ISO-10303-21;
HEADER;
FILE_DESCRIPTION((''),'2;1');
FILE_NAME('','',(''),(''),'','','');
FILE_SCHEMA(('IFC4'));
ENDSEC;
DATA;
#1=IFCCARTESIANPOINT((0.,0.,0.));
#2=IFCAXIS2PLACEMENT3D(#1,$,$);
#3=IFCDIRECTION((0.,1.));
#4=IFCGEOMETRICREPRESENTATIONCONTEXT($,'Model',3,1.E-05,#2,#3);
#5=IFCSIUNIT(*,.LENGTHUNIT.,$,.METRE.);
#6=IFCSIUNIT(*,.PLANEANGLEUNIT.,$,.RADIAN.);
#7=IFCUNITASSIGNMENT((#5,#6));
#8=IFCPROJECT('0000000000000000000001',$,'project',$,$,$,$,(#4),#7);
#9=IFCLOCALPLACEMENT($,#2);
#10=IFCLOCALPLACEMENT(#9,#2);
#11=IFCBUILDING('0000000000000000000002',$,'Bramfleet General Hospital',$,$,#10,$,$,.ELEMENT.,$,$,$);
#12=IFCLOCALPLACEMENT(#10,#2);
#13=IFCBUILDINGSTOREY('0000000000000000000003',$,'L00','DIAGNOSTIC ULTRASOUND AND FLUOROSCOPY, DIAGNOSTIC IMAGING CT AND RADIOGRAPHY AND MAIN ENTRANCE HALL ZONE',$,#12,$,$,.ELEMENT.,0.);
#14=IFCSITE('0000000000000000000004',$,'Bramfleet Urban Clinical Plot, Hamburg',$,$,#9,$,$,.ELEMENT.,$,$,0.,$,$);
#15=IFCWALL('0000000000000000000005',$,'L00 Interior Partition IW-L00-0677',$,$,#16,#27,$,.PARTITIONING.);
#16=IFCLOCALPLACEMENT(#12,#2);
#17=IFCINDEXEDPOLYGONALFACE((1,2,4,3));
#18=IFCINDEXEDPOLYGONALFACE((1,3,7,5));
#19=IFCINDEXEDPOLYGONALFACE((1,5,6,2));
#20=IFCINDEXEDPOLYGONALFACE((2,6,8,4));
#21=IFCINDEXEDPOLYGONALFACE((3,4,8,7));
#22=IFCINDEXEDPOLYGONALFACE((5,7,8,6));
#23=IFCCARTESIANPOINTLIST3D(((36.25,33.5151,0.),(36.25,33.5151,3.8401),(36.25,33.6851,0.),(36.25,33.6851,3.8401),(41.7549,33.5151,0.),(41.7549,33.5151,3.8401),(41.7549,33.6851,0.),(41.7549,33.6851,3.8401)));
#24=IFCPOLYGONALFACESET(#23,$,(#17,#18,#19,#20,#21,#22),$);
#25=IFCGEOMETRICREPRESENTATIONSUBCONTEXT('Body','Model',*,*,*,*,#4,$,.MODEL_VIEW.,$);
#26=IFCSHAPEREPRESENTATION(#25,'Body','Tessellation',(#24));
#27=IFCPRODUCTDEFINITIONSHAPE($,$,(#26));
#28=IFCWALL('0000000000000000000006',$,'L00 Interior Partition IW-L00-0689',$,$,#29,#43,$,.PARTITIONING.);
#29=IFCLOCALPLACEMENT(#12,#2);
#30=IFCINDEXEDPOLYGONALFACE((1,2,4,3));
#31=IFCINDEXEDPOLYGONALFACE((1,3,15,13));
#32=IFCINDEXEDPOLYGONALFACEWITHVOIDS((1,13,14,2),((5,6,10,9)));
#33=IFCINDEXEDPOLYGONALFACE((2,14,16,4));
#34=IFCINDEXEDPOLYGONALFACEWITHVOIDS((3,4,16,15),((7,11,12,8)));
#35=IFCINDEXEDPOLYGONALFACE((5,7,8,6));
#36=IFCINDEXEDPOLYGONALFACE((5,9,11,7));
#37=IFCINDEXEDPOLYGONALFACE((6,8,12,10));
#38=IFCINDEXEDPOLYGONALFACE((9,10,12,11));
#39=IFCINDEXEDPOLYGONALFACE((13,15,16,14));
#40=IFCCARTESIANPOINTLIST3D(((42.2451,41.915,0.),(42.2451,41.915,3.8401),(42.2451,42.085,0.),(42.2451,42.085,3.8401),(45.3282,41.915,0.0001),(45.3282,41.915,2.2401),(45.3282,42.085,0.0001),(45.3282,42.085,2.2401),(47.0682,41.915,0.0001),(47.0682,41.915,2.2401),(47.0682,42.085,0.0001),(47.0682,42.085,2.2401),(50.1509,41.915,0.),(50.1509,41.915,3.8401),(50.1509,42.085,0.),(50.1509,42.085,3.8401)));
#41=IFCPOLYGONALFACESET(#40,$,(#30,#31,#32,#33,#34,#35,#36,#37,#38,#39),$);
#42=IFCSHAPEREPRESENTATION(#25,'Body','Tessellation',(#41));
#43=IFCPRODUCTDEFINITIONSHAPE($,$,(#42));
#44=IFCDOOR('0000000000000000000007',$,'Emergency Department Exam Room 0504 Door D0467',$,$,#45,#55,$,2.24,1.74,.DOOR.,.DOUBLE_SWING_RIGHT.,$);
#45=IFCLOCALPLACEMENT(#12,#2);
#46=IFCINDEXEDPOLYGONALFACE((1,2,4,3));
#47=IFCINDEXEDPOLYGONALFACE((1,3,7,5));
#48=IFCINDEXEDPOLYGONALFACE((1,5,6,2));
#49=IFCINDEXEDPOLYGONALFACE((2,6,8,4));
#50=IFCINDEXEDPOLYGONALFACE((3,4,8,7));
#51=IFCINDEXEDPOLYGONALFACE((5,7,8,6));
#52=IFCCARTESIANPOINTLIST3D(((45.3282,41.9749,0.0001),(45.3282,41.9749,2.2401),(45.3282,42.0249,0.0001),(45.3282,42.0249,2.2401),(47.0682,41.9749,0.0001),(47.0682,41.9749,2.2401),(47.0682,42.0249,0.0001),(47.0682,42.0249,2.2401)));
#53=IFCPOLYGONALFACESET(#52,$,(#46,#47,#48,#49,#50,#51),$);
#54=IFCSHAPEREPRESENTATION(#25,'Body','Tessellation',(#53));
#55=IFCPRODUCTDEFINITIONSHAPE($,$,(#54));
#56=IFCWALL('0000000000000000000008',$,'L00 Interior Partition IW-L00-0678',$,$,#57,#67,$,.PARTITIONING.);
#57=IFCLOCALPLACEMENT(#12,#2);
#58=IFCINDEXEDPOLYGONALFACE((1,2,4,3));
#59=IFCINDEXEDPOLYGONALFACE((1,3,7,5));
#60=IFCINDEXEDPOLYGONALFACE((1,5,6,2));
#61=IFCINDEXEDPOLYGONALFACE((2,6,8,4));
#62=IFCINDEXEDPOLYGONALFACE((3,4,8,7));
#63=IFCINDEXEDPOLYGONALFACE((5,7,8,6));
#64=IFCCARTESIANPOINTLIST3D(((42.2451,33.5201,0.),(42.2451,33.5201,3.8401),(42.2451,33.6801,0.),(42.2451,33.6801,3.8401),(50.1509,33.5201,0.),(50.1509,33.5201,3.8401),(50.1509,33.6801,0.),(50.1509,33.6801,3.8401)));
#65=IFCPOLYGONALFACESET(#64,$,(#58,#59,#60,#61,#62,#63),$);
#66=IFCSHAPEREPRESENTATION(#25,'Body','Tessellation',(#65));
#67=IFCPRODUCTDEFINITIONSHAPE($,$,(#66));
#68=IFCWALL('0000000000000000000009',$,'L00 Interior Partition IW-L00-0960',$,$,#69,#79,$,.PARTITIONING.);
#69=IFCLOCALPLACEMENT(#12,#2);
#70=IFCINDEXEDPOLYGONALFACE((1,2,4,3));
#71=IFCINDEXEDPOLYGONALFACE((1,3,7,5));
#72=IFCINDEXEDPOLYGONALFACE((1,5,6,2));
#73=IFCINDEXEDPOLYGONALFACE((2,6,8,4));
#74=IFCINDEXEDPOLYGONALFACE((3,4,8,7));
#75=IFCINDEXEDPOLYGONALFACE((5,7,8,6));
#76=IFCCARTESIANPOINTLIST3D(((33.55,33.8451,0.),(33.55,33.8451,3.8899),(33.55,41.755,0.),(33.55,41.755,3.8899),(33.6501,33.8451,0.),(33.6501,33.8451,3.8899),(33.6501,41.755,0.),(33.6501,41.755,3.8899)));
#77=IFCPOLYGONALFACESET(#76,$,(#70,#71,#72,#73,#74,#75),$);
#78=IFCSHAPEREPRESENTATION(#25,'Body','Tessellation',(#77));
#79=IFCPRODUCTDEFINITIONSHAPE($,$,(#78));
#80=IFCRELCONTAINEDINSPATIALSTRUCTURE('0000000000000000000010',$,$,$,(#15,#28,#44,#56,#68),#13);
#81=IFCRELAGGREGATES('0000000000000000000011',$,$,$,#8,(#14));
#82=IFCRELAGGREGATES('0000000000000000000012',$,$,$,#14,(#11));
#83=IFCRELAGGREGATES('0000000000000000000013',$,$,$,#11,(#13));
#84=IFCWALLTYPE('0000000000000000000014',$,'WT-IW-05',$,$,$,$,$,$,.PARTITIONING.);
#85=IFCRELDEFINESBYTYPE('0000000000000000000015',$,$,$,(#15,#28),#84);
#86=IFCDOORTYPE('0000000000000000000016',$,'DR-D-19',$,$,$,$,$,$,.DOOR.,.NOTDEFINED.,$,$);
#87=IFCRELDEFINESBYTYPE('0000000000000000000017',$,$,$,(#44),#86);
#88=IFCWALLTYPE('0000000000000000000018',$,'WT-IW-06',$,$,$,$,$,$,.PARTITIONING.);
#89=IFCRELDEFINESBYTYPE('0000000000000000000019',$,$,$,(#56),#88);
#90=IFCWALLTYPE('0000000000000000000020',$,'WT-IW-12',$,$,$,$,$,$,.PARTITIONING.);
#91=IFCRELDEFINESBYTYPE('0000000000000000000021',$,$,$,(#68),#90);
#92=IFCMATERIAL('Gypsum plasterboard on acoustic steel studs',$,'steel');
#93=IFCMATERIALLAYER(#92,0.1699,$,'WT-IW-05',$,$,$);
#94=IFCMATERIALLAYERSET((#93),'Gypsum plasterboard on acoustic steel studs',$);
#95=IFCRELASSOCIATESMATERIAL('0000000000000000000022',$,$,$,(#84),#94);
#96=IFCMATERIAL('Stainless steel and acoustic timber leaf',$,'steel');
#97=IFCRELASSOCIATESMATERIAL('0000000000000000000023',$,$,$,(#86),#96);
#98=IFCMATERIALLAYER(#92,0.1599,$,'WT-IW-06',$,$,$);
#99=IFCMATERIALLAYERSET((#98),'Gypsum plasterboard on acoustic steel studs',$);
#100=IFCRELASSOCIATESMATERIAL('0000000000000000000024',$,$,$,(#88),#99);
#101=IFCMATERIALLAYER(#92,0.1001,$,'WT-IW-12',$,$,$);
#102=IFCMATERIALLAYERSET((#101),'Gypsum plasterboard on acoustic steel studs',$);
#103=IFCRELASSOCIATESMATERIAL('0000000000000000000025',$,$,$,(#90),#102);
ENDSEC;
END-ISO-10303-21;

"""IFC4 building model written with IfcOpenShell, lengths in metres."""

from ifc_helpers import new_model, si_unit, direction, frame, frame_2d, origin, place, context, subcontext, project, spatial, rectangle, extrude, material, layer, layer_set, type_object, element, fill, save


model = new_model("IFC4")

# Units and contexts
model_context = context("Model", 3, precision=1e-05, world=origin(), true_north=direction((0.0, 1.0)))
body_context = subcontext(model_context, "Body", "Model", "MODEL_VIEW")
ifc_project = project(units=[si_unit("LENGTHUNIT", "METRE"), si_unit("PLANEANGLEUNIT", "RADIAN")], contexts=[model_context])

# Site, building, storey
site_placement = place(None, origin())
site = spatial("IfcSite", under=ifc_project, at=site_placement, Name="Bramfleet Urban Clinical Plot, Hamburg", CompositionType="ELEMENT", RefElevation=0.0)
building_placement = place(site_placement, origin())
building = spatial("IfcBuilding", under=site, at=building_placement, Name="Bramfleet General Hospital", CompositionType="ELEMENT")
storey_placement = place(building_placement, origin())
storey = spatial("IfcBuildingStorey", under=building, at=storey_placement, Name="L00", Description="DIAGNOSTIC ULTRASOUND AND FLUOROSCOPY, DIAGNOSTIC IMAGING CT AND RADIOGRAPHY AND MAIN ENTRANCE HALL ZONE", CompositionType="ELEMENT", Elevation=0.0)

# Shared definitions
ifc_material_1 = material(Name="Stainless steel and acoustic timber leaf", Category="steel")

# Wall
ifc_material_2 = material(Name="Gypsum plasterboard on acoustic steel studs", Category="steel")
ifc_layer_1 = layer(ifc_material_2, 0.1699, Name="WT-IW-05")
ifc_layer_set_1 = layer_set([ifc_layer_1], Name="Gypsum plasterboard on acoustic steel studs")
wall_type_1 = type_object("IfcWallType", Name="WT-IW-05", PredefinedType="PARTITIONING", material=ifc_layer_set_1)
wall_1_placement = place(storey_placement, frame((36.25, 33.6001, 0.0), z_axis=(0.0, 0.0, 1.0), x_axis=(1.0, 0.0, 0.0)))
element("IfcWall", 1, at=wall_1_placement, inside=storey, type_object=wall_type_1, Name="L00 Interior Partition IW-L00-0677", PredefinedType="PARTITIONING", context=body_context, shape_type="SweptSolid", body=[
    extrude(rectangle(XDim=5.5049, YDim=0.1699, at=frame_2d((2.7524, 0.0))), origin(), (0.0, 0.0, 1.0), 3.8401),
])

# Wall, opening, door
wall_2_placement = place(storey_placement, frame((42.2451, 42.0, 0.0), z_axis=(0.0, 0.0, 1.0), x_axis=(1.0, 0.0, 0.0)))
wall_2 = element("IfcWall", 2, at=wall_2_placement, inside=storey, type_object=wall_type_1, Name="L00 Interior Partition IW-L00-0689", PredefinedType="PARTITIONING", context=body_context, shape_type="SweptSolid", body=[
    extrude(rectangle(XDim=7.9058, YDim=0.1699, at=frame_2d((3.9529, 0.0))), origin(), (0.0, 0.0, 1.0), 3.8401),
])
opening_1_placement = place(wall_2_placement, frame((3.083, 0.0, 0.0)))
opening_1 = element("IfcOpeningElement", 3, at=opening_1_placement, cuts=wall_2, PredefinedType="OPENING", context=body_context, shape_type="SweptSolid", body=[
    extrude(rectangle(XDim=1.74, YDim=2.24, at=frame_2d((0.8701, 1.1201))), frame((0.0, 0.095, 0.0), z_axis=(0.0, -1.0, 0.0), x_axis=(1.0, 0.0, 0.0)), (0.0, 0.0, 1.0), 0.1899),
])
door_type_1 = type_object("IfcDoorType", Name="DR-D-19", OperationType="NOTDEFINED", PredefinedType="DOOR", material=ifc_material_1)
door_1_placement = place(opening_1_placement, origin())
door_1 = element("IfcDoor", 4, at=door_1_placement, inside=storey, type_object=door_type_1, Name="Emergency Department Exam Room 0504 Door D0467", OperationType="DOUBLE_SWING_RIGHT", OverallHeight=2.24, OverallWidth=1.74, PredefinedType="DOOR", context=body_context, shape_type="SweptSolid", body=[
    extrude(rectangle(XDim=1.74, YDim=2.24, at=frame_2d((0.8701, 1.1201))), frame((0.0, 0.0249, 0.0), z_axis=(0.0, -1.0, 0.0), x_axis=(1.0, 0.0, 0.0)), (0.0, 0.0, 1.0), 0.05),
])
fill(opening_1, door_1)

# Walls
ifc_layer_2 = layer(ifc_material_2, 0.1599, Name="WT-IW-06")
ifc_layer_set_2 = layer_set([ifc_layer_2], Name="Gypsum plasterboard on acoustic steel studs")
wall_type_2 = type_object("IfcWallType", Name="WT-IW-06", PredefinedType="PARTITIONING", material=ifc_layer_set_2)
wall_3_placement = place(storey_placement, frame((42.2451, 33.6001, 0.0), z_axis=(0.0, 0.0, 1.0), x_axis=(1.0, 0.0, 0.0)))
element("IfcWall", 5, at=wall_3_placement, inside=storey, type_object=wall_type_2, Name="L00 Interior Partition IW-L00-0678", PredefinedType="PARTITIONING", context=body_context, shape_type="SweptSolid", body=[
    extrude(rectangle(XDim=7.9058, YDim=0.1599, at=frame_2d((3.9529, 0.0))), origin(), (0.0, 0.0, 1.0), 3.8401),
])
ifc_layer_3 = layer(ifc_material_2, 0.1001, Name="WT-IW-12")
ifc_layer_set_3 = layer_set([ifc_layer_3], Name="Gypsum plasterboard on acoustic steel studs")
wall_type_3 = type_object("IfcWallType", Name="WT-IW-12", PredefinedType="PARTITIONING", material=ifc_layer_set_3)
wall_4_placement = place(storey_placement, frame((33.6001, 33.845, 0.0), z_axis=(0.0, 0.0, 1.0), x_axis=(0.0, 1.0, 0.0)))
element("IfcWall", 6, at=wall_4_placement, inside=storey, type_object=wall_type_3, Name="L00 Interior Partition IW-L00-0960", PredefinedType="PARTITIONING", context=body_context, shape_type="SweptSolid", body=[
    extrude(rectangle(XDim=7.9099, YDim=0.1001, at=frame_2d((3.9551, 0.0))), origin(), (0.0, 0.0, 1.0), 3.8899),
])

save(model, "model.ifc")
